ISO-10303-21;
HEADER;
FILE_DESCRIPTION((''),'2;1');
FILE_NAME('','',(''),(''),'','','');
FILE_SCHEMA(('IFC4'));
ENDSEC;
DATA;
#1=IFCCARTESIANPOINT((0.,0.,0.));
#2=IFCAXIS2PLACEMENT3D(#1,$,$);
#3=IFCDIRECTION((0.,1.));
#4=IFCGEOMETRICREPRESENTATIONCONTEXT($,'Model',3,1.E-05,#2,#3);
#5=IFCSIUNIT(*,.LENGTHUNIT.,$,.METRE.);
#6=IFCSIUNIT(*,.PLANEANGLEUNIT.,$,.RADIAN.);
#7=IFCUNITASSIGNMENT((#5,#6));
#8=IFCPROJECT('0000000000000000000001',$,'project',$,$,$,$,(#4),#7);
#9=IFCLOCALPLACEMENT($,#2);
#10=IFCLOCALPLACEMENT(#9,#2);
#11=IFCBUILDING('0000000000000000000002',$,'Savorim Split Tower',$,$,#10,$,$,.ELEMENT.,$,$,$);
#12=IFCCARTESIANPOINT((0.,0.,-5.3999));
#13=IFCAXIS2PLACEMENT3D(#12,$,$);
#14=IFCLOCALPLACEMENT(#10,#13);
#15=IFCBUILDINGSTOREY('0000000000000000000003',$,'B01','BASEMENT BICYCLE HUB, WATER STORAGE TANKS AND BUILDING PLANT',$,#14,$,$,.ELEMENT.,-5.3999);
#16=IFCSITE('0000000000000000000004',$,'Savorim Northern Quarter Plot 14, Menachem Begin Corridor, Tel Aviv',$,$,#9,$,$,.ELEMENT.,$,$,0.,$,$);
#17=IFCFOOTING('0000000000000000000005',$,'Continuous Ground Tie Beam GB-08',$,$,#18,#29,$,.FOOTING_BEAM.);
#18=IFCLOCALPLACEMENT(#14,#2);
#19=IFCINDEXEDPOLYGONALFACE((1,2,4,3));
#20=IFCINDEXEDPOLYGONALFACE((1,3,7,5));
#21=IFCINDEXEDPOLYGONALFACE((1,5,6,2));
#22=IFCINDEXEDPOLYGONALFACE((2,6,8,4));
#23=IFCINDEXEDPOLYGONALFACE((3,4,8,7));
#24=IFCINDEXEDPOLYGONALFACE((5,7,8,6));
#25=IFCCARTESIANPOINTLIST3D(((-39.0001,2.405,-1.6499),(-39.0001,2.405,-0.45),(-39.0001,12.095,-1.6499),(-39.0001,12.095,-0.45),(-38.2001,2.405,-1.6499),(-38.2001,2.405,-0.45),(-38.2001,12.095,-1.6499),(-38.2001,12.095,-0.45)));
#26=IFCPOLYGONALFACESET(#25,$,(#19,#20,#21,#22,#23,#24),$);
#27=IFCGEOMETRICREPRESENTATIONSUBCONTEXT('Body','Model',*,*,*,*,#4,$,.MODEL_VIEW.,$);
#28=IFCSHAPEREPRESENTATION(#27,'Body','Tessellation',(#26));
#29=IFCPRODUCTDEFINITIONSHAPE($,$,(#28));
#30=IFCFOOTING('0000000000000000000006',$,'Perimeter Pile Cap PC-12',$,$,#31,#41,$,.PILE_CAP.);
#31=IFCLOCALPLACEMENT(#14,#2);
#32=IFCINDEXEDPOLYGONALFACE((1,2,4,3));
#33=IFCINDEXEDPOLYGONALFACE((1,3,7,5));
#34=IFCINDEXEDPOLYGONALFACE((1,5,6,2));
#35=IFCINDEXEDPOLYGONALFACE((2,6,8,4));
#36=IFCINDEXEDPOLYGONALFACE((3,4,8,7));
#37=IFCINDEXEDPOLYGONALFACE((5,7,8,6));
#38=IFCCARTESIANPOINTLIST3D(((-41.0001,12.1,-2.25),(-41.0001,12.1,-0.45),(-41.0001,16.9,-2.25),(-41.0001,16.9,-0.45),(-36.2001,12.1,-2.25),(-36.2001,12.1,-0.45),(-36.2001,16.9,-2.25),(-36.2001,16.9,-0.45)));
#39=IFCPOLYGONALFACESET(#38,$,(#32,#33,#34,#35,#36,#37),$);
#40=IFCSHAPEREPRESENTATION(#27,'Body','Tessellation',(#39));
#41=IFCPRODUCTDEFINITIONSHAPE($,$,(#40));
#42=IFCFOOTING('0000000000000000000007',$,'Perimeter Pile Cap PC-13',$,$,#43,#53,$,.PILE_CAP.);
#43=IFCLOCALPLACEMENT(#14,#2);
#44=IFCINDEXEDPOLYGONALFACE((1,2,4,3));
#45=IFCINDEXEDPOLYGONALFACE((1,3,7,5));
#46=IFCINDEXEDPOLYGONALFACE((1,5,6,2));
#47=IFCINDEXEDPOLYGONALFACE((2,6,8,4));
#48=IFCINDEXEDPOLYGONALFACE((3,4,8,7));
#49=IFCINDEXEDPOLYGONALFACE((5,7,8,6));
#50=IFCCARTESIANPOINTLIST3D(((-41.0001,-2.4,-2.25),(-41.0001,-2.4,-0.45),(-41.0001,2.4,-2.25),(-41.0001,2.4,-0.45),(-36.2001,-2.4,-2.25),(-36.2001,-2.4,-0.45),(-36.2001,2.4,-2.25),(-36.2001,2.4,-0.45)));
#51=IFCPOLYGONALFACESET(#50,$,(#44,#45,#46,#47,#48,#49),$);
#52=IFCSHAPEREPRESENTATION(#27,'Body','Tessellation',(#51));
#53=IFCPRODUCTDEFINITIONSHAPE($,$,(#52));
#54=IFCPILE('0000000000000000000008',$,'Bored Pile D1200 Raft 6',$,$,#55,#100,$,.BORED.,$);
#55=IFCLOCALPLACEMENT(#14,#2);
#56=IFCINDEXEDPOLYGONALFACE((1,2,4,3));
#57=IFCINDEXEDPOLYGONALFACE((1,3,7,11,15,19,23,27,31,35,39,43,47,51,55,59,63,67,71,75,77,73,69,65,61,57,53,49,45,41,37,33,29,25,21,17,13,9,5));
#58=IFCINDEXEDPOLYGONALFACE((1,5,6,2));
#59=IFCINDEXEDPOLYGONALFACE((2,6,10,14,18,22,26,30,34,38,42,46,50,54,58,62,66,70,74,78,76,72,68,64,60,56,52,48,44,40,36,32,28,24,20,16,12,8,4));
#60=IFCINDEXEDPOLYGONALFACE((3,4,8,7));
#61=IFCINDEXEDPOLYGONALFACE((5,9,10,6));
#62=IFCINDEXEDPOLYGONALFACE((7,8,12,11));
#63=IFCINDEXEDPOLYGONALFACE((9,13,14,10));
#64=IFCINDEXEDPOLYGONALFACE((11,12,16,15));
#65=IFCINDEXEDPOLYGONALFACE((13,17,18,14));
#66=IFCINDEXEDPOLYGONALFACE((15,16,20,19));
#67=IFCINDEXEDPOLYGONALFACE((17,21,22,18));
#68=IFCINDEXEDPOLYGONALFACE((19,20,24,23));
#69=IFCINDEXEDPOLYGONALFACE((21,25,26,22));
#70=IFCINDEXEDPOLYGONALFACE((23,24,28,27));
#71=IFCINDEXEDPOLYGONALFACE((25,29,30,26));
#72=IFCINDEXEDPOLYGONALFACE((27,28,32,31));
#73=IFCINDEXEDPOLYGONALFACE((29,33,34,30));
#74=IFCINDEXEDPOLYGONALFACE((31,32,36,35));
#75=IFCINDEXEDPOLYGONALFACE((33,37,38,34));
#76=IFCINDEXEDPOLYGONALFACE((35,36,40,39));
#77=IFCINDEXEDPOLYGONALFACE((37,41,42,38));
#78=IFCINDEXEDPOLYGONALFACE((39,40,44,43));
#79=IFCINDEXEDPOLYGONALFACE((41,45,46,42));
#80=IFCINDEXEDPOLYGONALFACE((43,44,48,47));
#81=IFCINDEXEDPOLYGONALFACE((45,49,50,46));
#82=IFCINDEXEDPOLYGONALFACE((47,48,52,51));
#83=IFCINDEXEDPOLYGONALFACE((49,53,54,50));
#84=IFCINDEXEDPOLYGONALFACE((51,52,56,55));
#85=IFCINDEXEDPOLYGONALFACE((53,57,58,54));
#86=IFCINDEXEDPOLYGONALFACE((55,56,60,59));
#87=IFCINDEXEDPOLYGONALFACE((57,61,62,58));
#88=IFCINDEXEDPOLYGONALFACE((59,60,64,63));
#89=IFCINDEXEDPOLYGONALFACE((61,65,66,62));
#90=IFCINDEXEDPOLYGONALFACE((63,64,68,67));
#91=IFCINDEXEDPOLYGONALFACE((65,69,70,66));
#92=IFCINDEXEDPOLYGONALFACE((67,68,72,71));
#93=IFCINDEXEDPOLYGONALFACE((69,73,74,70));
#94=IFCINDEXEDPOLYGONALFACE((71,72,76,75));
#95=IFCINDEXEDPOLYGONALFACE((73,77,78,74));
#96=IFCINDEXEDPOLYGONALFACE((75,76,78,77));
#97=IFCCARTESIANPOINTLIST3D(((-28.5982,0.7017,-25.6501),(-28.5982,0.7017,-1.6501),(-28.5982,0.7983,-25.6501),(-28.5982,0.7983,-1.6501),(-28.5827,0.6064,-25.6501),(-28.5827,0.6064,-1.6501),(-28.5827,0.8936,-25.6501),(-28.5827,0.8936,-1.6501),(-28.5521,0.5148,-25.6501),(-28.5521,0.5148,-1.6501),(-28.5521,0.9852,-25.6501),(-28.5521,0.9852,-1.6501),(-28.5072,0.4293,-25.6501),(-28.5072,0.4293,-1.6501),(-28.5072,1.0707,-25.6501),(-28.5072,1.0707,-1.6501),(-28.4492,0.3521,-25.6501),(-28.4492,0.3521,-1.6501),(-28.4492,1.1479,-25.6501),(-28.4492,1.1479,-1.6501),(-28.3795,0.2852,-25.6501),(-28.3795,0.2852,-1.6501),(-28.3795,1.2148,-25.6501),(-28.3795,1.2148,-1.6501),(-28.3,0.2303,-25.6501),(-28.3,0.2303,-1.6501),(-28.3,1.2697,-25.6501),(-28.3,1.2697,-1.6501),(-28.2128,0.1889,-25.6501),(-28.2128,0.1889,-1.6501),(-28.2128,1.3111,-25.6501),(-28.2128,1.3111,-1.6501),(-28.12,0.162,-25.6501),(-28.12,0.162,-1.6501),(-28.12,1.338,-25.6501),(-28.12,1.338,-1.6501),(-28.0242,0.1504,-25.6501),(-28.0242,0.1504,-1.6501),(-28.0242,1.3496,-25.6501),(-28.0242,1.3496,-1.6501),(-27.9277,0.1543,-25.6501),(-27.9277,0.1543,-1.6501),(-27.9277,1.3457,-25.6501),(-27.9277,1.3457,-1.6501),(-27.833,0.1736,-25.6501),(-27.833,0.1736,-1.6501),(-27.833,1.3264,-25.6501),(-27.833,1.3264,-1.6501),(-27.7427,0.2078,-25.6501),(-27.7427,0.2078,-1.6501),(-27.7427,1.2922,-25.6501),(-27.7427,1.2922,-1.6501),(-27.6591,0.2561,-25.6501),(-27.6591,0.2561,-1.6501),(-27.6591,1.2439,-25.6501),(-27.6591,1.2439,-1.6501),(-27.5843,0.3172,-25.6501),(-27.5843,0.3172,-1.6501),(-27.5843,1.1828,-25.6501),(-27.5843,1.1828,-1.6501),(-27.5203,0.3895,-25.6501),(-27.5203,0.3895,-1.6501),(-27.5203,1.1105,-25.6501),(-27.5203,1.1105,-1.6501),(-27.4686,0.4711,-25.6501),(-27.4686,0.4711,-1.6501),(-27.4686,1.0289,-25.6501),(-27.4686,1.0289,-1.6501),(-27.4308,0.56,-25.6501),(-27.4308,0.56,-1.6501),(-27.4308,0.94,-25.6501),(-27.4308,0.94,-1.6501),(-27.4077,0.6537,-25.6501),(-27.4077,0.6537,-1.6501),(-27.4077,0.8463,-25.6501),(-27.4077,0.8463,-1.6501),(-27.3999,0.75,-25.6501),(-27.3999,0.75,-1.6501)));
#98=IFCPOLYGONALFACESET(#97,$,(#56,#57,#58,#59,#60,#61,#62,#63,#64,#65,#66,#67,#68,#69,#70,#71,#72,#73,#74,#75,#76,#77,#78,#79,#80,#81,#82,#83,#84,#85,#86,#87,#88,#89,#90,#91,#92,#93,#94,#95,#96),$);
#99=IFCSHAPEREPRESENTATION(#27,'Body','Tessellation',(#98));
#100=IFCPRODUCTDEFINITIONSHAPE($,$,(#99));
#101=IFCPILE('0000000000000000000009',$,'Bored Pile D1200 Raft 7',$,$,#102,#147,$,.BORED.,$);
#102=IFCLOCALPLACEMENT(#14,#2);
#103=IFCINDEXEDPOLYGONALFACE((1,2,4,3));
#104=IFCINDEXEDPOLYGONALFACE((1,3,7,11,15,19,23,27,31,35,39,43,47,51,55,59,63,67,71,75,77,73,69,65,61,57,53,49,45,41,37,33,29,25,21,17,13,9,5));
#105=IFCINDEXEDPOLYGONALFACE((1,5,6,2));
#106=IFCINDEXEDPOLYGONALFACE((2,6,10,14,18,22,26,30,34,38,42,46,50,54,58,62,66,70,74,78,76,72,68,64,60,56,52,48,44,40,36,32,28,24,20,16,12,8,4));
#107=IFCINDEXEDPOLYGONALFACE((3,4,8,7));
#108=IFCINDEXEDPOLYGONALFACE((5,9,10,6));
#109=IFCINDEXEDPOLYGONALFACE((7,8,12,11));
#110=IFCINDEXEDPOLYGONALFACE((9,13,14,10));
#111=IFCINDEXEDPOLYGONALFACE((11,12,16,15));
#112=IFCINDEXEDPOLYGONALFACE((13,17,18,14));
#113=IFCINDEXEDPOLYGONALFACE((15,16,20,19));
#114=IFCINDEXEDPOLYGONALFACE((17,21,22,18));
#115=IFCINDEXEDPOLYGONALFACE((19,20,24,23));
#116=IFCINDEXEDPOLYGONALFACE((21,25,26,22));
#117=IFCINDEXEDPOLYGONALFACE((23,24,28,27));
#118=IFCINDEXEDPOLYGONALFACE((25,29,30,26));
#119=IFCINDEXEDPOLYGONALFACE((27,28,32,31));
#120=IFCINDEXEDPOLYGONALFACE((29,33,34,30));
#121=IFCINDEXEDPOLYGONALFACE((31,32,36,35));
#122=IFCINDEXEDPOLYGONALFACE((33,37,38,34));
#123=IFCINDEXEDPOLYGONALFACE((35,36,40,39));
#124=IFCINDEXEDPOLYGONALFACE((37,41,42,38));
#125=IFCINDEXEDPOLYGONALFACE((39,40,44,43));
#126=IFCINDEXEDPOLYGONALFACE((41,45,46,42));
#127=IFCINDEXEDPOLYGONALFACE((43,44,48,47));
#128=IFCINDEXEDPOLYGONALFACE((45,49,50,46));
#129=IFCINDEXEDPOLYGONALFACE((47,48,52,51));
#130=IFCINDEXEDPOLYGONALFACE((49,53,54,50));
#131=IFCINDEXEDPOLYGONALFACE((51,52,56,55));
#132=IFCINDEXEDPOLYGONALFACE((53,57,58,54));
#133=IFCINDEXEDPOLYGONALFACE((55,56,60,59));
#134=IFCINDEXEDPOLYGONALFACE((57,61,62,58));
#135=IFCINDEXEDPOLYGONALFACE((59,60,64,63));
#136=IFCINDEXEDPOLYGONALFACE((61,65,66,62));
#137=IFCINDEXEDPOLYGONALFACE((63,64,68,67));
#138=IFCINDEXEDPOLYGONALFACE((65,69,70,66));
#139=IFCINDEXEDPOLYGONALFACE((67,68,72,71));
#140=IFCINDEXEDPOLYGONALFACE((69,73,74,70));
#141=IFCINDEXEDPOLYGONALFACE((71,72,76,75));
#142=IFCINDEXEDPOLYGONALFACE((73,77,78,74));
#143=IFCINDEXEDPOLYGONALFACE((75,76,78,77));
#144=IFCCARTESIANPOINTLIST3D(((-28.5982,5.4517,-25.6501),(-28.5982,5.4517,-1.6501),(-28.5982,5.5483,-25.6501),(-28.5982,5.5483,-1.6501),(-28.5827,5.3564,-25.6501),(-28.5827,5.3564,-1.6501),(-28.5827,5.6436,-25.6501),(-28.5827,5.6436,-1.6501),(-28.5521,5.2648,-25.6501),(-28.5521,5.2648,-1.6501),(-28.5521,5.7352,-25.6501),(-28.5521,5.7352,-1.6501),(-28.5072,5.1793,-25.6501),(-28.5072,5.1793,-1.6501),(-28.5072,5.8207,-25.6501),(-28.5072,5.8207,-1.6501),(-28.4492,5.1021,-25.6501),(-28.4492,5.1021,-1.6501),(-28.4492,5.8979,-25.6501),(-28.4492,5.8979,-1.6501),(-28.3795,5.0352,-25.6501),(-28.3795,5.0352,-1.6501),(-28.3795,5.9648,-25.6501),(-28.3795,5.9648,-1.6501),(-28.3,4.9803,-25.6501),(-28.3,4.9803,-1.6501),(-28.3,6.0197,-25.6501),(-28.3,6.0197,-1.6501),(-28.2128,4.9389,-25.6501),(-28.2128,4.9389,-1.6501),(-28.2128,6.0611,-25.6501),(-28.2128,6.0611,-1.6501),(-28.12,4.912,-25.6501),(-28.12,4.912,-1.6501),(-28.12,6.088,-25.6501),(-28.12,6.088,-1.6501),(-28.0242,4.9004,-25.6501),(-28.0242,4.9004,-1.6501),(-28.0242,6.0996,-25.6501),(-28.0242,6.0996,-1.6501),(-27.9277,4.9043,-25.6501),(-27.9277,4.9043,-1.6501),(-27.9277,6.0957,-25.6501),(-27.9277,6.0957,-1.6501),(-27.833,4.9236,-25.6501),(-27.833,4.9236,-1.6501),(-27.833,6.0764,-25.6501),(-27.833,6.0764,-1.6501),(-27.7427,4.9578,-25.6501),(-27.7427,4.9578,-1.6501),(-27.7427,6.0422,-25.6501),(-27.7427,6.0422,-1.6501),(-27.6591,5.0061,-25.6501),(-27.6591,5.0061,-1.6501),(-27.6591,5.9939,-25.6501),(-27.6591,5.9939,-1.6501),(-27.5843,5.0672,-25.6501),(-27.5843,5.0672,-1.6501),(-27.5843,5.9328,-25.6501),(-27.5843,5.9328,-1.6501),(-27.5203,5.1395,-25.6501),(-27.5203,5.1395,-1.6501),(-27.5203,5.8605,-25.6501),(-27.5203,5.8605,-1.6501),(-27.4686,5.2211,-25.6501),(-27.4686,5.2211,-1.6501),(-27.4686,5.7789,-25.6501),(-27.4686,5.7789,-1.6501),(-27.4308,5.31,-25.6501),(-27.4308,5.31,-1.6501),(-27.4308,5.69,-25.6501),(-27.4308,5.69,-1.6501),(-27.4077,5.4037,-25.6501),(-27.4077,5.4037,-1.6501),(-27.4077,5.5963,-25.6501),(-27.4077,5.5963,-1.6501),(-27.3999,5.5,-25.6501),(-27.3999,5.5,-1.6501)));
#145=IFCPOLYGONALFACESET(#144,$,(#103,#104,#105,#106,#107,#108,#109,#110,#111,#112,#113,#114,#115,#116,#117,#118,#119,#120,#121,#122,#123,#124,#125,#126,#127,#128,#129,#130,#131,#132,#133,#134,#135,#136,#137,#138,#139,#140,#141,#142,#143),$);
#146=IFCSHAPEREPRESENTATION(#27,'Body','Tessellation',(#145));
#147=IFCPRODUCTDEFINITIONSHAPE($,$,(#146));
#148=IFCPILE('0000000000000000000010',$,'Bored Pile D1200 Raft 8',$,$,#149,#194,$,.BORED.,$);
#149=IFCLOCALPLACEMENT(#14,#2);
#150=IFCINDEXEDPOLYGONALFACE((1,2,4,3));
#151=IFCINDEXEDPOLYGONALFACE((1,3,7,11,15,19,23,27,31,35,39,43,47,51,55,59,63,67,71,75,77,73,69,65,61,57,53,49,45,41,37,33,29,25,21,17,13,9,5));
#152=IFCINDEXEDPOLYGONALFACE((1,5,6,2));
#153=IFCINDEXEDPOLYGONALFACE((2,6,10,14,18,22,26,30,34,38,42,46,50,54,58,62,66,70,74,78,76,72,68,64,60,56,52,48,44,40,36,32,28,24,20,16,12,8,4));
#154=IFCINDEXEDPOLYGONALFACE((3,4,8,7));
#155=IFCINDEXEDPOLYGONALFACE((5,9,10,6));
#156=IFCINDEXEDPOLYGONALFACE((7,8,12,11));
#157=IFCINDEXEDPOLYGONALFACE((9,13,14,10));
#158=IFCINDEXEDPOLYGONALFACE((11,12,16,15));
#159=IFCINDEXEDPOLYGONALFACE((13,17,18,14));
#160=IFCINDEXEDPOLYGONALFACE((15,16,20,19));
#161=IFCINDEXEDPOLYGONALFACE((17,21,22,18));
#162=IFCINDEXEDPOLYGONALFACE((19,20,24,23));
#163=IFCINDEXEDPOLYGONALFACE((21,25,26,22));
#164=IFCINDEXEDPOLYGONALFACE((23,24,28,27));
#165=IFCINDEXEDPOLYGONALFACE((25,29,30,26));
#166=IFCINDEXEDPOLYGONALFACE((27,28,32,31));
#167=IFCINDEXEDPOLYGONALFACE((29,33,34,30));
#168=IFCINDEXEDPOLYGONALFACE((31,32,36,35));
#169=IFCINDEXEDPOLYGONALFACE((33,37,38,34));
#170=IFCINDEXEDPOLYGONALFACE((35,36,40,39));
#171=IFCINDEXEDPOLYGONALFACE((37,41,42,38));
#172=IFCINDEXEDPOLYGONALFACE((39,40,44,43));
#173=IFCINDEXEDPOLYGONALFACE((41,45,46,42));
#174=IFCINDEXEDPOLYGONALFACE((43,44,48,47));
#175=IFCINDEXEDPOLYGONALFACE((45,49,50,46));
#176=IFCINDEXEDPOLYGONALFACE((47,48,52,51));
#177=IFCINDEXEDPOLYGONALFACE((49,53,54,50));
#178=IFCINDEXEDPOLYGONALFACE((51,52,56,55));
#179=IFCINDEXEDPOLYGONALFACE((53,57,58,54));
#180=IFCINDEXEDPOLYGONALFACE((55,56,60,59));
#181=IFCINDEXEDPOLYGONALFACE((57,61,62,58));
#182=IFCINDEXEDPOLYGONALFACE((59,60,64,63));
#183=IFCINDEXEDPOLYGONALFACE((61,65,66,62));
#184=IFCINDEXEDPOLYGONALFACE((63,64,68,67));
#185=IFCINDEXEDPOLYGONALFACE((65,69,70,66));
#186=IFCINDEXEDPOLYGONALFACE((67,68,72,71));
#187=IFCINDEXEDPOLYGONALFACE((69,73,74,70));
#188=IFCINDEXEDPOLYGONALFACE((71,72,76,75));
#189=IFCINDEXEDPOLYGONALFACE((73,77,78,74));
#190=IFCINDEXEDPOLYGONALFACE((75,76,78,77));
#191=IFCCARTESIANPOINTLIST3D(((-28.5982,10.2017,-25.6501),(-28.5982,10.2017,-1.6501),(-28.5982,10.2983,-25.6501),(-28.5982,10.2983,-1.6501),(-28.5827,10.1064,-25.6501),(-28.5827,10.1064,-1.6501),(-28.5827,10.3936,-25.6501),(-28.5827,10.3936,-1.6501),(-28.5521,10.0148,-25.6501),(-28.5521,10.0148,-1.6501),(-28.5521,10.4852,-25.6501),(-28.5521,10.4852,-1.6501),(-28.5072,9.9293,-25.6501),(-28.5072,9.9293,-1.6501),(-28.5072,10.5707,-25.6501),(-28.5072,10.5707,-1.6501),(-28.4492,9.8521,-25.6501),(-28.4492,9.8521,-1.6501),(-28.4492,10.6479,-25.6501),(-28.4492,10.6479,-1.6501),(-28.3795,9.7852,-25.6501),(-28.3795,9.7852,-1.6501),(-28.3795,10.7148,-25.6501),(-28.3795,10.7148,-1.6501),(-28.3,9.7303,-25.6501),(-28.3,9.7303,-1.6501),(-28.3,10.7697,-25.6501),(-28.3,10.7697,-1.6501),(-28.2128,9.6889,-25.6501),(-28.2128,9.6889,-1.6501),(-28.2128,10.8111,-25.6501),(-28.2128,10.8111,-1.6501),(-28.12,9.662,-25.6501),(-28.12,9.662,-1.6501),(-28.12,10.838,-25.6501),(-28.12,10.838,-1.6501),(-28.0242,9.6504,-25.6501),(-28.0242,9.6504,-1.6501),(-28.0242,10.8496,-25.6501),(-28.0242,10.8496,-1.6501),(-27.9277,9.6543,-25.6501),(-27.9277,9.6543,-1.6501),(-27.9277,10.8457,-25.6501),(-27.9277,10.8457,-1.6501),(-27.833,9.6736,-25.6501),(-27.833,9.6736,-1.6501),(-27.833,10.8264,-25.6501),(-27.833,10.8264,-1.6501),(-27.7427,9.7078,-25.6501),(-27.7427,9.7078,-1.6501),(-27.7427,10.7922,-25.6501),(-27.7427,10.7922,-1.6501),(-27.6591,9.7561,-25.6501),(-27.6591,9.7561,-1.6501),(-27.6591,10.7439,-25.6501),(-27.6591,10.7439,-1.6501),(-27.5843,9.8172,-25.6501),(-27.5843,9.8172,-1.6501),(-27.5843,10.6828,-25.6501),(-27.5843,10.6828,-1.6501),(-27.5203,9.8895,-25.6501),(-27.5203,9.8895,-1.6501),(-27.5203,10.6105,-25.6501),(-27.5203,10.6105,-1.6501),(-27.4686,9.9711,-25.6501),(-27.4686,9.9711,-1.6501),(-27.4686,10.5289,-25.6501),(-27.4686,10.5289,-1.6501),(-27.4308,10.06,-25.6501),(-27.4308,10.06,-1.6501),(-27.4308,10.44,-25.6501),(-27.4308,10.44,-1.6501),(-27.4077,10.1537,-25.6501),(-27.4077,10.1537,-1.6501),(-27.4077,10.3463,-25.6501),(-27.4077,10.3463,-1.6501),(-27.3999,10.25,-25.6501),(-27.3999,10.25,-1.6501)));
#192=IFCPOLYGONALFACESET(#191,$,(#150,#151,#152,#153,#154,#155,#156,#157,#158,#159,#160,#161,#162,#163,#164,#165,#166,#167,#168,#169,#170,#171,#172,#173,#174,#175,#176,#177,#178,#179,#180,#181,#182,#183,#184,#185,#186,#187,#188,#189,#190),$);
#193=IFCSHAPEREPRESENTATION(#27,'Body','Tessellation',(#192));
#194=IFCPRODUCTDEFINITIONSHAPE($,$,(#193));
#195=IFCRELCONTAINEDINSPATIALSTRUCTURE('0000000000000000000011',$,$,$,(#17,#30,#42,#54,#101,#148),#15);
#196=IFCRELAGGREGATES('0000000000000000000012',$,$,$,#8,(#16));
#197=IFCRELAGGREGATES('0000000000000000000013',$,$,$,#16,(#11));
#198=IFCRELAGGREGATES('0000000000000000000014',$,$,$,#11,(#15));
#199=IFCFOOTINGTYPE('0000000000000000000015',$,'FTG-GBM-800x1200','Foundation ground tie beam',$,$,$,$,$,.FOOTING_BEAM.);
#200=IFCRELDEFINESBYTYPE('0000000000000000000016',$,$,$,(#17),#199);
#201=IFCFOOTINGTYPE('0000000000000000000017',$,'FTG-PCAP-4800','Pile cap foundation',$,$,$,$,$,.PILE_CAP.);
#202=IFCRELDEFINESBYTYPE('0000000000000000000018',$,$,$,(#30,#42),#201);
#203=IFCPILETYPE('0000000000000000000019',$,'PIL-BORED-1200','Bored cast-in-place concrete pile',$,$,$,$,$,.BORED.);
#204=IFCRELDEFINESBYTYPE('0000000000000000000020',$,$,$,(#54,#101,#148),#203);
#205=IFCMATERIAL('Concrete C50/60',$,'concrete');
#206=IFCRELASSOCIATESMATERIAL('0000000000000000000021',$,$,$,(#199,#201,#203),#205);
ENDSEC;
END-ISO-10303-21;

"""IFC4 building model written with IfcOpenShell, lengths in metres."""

from ifc_helpers import new_model, si_unit, direction, frame, origin, origin_2d, place, context, subcontext, project, spatial, rectangle, circle, extrude, material, material_profile, profile_set, type_object, element, save


model = new_model("IFC4")

# Units and contexts
model_context = context("Model", 3, precision=1e-05, world=origin(), true_north=direction((0.0, 1.0)))
body_context = subcontext(model_context, "Body", "Model", "MODEL_VIEW")
ifc_project = project(units=[si_unit("LENGTHUNIT", "METRE"), si_unit("PLANEANGLEUNIT", "RADIAN")], contexts=[model_context])

# Site, building, storey
site_placement = place(None, origin())
site = spatial("IfcSite", under=ifc_project, at=site_placement, Name="Savorim Northern Quarter Plot 14, Menachem Begin Corridor, Tel Aviv", CompositionType="ELEMENT", RefElevation=0.0)
building_placement = place(site_placement, origin())
building = spatial("IfcBuilding", under=site, at=building_placement, Name="Savorim Split Tower", CompositionType="ELEMENT")
storey_placement = place(building_placement, frame((0.0, 0.0, -5.3999)))
storey = spatial("IfcBuildingStorey", under=building, at=storey_placement, Name="B01", Description="BASEMENT BICYCLE HUB, WATER STORAGE TANKS AND BUILDING PLANT", CompositionType="ELEMENT", Elevation=-5.3999)

# Footings
ifc_material_1 = material(Name="Concrete C50/60", Category="concrete")
footing_type_1 = type_object("IfcFootingType", Name="FTG-GBM-800x1200", Description="Foundation ground tie beam", PredefinedType="FOOTING_BEAM", material=ifc_material_1)
footing_placement = place(storey_placement, frame((-38.6001, 7.25, -1.6499), z_axis=(0.0, 0.0, 1.0), x_axis=(0.0, 1.0, 0.0)))
element("IfcFooting", 1, at=footing_placement, inside=storey, type_object=footing_type_1, Name="Continuous Ground Tie Beam GB-08", PredefinedType="FOOTING_BEAM", context=body_context, shape_type="SweptSolid", body=[
    extrude(rectangle(XDim=9.6899, YDim=0.8, at=origin_2d()), origin(), (0.0, 0.0, 1.0), 1.2),
])
footing_type_2 = type_object("IfcFootingType", Name="FTG-PCAP-4800", Description="Pile cap foundation", PredefinedType="PILE_CAP", material=ifc_material_1)
for number, where, z_axis, x_axis, name in (
    (2, (-38.6001, 14.5, -2.25), (0.0, 0.0, 1.0), (1.0, 0.0, 0.0), "Perimeter Pile Cap PC-12"),
    (3, (-38.6001, 0.0, -2.25), (0.0, 0.0, 1.0), (1.0, 0.0, 0.0), "Perimeter Pile Cap PC-13"),
):
    element("IfcFooting", number, at=place(storey_placement, frame(where, z_axis=z_axis, x_axis=x_axis)), inside=storey, type_object=footing_type_2, Name=name, PredefinedType="PILE_CAP", context=body_context, shape_type="SweptSolid", body=[
        extrude(rectangle(XDim=4.8, YDim=4.8, at=origin_2d()), origin(), (0.0, 0.0, 1.0), 1.8),
    ])

# Piles
ifc_material_profile_1 = material_profile(ifc_material_1, circle(Radius=0.6001, at=origin_2d()), Name="PILE D1200")
ifc_profile_set_1 = profile_set([ifc_material_profile_1], Name="Concrete C50/60")
pile_type = type_object("IfcPileType", Name="PIL-BORED-1200", Description="Bored cast-in-place concrete pile", PredefinedType="BORED", material=ifc_profile_set_1)
for number, where, z_axis, x_axis, name in (
    (4, (-28.0, 0.75, -1.6501), (0.0, 0.0, -1.0), (1.0, 0.0, 0.0), "Bored Pile D1200 Raft 6"),
    (5, (-28.0, 5.5, -1.6501), (0.0, 0.0, -1.0), (1.0, 0.0, 0.0), "Bored Pile D1200 Raft 7"),
    (6, (-28.0, 10.25, -1.6501), (0.0, 0.0, -1.0), (1.0, 0.0, 0.0), "Bored Pile D1200 Raft 8"),
):
    element("IfcPile", number, at=place(storey_placement, frame(where, z_axis=z_axis, x_axis=x_axis)), inside=storey, type_object=pile_type, Name=name, PredefinedType="BORED", context=body_context, shape_type="SweptSolid", body=[
        extrude(circle(Radius=0.6001, at=origin_2d()), origin(), (0.0, 0.0, 1.0), 24.0),
    ])

save(model, "model.ifc")
